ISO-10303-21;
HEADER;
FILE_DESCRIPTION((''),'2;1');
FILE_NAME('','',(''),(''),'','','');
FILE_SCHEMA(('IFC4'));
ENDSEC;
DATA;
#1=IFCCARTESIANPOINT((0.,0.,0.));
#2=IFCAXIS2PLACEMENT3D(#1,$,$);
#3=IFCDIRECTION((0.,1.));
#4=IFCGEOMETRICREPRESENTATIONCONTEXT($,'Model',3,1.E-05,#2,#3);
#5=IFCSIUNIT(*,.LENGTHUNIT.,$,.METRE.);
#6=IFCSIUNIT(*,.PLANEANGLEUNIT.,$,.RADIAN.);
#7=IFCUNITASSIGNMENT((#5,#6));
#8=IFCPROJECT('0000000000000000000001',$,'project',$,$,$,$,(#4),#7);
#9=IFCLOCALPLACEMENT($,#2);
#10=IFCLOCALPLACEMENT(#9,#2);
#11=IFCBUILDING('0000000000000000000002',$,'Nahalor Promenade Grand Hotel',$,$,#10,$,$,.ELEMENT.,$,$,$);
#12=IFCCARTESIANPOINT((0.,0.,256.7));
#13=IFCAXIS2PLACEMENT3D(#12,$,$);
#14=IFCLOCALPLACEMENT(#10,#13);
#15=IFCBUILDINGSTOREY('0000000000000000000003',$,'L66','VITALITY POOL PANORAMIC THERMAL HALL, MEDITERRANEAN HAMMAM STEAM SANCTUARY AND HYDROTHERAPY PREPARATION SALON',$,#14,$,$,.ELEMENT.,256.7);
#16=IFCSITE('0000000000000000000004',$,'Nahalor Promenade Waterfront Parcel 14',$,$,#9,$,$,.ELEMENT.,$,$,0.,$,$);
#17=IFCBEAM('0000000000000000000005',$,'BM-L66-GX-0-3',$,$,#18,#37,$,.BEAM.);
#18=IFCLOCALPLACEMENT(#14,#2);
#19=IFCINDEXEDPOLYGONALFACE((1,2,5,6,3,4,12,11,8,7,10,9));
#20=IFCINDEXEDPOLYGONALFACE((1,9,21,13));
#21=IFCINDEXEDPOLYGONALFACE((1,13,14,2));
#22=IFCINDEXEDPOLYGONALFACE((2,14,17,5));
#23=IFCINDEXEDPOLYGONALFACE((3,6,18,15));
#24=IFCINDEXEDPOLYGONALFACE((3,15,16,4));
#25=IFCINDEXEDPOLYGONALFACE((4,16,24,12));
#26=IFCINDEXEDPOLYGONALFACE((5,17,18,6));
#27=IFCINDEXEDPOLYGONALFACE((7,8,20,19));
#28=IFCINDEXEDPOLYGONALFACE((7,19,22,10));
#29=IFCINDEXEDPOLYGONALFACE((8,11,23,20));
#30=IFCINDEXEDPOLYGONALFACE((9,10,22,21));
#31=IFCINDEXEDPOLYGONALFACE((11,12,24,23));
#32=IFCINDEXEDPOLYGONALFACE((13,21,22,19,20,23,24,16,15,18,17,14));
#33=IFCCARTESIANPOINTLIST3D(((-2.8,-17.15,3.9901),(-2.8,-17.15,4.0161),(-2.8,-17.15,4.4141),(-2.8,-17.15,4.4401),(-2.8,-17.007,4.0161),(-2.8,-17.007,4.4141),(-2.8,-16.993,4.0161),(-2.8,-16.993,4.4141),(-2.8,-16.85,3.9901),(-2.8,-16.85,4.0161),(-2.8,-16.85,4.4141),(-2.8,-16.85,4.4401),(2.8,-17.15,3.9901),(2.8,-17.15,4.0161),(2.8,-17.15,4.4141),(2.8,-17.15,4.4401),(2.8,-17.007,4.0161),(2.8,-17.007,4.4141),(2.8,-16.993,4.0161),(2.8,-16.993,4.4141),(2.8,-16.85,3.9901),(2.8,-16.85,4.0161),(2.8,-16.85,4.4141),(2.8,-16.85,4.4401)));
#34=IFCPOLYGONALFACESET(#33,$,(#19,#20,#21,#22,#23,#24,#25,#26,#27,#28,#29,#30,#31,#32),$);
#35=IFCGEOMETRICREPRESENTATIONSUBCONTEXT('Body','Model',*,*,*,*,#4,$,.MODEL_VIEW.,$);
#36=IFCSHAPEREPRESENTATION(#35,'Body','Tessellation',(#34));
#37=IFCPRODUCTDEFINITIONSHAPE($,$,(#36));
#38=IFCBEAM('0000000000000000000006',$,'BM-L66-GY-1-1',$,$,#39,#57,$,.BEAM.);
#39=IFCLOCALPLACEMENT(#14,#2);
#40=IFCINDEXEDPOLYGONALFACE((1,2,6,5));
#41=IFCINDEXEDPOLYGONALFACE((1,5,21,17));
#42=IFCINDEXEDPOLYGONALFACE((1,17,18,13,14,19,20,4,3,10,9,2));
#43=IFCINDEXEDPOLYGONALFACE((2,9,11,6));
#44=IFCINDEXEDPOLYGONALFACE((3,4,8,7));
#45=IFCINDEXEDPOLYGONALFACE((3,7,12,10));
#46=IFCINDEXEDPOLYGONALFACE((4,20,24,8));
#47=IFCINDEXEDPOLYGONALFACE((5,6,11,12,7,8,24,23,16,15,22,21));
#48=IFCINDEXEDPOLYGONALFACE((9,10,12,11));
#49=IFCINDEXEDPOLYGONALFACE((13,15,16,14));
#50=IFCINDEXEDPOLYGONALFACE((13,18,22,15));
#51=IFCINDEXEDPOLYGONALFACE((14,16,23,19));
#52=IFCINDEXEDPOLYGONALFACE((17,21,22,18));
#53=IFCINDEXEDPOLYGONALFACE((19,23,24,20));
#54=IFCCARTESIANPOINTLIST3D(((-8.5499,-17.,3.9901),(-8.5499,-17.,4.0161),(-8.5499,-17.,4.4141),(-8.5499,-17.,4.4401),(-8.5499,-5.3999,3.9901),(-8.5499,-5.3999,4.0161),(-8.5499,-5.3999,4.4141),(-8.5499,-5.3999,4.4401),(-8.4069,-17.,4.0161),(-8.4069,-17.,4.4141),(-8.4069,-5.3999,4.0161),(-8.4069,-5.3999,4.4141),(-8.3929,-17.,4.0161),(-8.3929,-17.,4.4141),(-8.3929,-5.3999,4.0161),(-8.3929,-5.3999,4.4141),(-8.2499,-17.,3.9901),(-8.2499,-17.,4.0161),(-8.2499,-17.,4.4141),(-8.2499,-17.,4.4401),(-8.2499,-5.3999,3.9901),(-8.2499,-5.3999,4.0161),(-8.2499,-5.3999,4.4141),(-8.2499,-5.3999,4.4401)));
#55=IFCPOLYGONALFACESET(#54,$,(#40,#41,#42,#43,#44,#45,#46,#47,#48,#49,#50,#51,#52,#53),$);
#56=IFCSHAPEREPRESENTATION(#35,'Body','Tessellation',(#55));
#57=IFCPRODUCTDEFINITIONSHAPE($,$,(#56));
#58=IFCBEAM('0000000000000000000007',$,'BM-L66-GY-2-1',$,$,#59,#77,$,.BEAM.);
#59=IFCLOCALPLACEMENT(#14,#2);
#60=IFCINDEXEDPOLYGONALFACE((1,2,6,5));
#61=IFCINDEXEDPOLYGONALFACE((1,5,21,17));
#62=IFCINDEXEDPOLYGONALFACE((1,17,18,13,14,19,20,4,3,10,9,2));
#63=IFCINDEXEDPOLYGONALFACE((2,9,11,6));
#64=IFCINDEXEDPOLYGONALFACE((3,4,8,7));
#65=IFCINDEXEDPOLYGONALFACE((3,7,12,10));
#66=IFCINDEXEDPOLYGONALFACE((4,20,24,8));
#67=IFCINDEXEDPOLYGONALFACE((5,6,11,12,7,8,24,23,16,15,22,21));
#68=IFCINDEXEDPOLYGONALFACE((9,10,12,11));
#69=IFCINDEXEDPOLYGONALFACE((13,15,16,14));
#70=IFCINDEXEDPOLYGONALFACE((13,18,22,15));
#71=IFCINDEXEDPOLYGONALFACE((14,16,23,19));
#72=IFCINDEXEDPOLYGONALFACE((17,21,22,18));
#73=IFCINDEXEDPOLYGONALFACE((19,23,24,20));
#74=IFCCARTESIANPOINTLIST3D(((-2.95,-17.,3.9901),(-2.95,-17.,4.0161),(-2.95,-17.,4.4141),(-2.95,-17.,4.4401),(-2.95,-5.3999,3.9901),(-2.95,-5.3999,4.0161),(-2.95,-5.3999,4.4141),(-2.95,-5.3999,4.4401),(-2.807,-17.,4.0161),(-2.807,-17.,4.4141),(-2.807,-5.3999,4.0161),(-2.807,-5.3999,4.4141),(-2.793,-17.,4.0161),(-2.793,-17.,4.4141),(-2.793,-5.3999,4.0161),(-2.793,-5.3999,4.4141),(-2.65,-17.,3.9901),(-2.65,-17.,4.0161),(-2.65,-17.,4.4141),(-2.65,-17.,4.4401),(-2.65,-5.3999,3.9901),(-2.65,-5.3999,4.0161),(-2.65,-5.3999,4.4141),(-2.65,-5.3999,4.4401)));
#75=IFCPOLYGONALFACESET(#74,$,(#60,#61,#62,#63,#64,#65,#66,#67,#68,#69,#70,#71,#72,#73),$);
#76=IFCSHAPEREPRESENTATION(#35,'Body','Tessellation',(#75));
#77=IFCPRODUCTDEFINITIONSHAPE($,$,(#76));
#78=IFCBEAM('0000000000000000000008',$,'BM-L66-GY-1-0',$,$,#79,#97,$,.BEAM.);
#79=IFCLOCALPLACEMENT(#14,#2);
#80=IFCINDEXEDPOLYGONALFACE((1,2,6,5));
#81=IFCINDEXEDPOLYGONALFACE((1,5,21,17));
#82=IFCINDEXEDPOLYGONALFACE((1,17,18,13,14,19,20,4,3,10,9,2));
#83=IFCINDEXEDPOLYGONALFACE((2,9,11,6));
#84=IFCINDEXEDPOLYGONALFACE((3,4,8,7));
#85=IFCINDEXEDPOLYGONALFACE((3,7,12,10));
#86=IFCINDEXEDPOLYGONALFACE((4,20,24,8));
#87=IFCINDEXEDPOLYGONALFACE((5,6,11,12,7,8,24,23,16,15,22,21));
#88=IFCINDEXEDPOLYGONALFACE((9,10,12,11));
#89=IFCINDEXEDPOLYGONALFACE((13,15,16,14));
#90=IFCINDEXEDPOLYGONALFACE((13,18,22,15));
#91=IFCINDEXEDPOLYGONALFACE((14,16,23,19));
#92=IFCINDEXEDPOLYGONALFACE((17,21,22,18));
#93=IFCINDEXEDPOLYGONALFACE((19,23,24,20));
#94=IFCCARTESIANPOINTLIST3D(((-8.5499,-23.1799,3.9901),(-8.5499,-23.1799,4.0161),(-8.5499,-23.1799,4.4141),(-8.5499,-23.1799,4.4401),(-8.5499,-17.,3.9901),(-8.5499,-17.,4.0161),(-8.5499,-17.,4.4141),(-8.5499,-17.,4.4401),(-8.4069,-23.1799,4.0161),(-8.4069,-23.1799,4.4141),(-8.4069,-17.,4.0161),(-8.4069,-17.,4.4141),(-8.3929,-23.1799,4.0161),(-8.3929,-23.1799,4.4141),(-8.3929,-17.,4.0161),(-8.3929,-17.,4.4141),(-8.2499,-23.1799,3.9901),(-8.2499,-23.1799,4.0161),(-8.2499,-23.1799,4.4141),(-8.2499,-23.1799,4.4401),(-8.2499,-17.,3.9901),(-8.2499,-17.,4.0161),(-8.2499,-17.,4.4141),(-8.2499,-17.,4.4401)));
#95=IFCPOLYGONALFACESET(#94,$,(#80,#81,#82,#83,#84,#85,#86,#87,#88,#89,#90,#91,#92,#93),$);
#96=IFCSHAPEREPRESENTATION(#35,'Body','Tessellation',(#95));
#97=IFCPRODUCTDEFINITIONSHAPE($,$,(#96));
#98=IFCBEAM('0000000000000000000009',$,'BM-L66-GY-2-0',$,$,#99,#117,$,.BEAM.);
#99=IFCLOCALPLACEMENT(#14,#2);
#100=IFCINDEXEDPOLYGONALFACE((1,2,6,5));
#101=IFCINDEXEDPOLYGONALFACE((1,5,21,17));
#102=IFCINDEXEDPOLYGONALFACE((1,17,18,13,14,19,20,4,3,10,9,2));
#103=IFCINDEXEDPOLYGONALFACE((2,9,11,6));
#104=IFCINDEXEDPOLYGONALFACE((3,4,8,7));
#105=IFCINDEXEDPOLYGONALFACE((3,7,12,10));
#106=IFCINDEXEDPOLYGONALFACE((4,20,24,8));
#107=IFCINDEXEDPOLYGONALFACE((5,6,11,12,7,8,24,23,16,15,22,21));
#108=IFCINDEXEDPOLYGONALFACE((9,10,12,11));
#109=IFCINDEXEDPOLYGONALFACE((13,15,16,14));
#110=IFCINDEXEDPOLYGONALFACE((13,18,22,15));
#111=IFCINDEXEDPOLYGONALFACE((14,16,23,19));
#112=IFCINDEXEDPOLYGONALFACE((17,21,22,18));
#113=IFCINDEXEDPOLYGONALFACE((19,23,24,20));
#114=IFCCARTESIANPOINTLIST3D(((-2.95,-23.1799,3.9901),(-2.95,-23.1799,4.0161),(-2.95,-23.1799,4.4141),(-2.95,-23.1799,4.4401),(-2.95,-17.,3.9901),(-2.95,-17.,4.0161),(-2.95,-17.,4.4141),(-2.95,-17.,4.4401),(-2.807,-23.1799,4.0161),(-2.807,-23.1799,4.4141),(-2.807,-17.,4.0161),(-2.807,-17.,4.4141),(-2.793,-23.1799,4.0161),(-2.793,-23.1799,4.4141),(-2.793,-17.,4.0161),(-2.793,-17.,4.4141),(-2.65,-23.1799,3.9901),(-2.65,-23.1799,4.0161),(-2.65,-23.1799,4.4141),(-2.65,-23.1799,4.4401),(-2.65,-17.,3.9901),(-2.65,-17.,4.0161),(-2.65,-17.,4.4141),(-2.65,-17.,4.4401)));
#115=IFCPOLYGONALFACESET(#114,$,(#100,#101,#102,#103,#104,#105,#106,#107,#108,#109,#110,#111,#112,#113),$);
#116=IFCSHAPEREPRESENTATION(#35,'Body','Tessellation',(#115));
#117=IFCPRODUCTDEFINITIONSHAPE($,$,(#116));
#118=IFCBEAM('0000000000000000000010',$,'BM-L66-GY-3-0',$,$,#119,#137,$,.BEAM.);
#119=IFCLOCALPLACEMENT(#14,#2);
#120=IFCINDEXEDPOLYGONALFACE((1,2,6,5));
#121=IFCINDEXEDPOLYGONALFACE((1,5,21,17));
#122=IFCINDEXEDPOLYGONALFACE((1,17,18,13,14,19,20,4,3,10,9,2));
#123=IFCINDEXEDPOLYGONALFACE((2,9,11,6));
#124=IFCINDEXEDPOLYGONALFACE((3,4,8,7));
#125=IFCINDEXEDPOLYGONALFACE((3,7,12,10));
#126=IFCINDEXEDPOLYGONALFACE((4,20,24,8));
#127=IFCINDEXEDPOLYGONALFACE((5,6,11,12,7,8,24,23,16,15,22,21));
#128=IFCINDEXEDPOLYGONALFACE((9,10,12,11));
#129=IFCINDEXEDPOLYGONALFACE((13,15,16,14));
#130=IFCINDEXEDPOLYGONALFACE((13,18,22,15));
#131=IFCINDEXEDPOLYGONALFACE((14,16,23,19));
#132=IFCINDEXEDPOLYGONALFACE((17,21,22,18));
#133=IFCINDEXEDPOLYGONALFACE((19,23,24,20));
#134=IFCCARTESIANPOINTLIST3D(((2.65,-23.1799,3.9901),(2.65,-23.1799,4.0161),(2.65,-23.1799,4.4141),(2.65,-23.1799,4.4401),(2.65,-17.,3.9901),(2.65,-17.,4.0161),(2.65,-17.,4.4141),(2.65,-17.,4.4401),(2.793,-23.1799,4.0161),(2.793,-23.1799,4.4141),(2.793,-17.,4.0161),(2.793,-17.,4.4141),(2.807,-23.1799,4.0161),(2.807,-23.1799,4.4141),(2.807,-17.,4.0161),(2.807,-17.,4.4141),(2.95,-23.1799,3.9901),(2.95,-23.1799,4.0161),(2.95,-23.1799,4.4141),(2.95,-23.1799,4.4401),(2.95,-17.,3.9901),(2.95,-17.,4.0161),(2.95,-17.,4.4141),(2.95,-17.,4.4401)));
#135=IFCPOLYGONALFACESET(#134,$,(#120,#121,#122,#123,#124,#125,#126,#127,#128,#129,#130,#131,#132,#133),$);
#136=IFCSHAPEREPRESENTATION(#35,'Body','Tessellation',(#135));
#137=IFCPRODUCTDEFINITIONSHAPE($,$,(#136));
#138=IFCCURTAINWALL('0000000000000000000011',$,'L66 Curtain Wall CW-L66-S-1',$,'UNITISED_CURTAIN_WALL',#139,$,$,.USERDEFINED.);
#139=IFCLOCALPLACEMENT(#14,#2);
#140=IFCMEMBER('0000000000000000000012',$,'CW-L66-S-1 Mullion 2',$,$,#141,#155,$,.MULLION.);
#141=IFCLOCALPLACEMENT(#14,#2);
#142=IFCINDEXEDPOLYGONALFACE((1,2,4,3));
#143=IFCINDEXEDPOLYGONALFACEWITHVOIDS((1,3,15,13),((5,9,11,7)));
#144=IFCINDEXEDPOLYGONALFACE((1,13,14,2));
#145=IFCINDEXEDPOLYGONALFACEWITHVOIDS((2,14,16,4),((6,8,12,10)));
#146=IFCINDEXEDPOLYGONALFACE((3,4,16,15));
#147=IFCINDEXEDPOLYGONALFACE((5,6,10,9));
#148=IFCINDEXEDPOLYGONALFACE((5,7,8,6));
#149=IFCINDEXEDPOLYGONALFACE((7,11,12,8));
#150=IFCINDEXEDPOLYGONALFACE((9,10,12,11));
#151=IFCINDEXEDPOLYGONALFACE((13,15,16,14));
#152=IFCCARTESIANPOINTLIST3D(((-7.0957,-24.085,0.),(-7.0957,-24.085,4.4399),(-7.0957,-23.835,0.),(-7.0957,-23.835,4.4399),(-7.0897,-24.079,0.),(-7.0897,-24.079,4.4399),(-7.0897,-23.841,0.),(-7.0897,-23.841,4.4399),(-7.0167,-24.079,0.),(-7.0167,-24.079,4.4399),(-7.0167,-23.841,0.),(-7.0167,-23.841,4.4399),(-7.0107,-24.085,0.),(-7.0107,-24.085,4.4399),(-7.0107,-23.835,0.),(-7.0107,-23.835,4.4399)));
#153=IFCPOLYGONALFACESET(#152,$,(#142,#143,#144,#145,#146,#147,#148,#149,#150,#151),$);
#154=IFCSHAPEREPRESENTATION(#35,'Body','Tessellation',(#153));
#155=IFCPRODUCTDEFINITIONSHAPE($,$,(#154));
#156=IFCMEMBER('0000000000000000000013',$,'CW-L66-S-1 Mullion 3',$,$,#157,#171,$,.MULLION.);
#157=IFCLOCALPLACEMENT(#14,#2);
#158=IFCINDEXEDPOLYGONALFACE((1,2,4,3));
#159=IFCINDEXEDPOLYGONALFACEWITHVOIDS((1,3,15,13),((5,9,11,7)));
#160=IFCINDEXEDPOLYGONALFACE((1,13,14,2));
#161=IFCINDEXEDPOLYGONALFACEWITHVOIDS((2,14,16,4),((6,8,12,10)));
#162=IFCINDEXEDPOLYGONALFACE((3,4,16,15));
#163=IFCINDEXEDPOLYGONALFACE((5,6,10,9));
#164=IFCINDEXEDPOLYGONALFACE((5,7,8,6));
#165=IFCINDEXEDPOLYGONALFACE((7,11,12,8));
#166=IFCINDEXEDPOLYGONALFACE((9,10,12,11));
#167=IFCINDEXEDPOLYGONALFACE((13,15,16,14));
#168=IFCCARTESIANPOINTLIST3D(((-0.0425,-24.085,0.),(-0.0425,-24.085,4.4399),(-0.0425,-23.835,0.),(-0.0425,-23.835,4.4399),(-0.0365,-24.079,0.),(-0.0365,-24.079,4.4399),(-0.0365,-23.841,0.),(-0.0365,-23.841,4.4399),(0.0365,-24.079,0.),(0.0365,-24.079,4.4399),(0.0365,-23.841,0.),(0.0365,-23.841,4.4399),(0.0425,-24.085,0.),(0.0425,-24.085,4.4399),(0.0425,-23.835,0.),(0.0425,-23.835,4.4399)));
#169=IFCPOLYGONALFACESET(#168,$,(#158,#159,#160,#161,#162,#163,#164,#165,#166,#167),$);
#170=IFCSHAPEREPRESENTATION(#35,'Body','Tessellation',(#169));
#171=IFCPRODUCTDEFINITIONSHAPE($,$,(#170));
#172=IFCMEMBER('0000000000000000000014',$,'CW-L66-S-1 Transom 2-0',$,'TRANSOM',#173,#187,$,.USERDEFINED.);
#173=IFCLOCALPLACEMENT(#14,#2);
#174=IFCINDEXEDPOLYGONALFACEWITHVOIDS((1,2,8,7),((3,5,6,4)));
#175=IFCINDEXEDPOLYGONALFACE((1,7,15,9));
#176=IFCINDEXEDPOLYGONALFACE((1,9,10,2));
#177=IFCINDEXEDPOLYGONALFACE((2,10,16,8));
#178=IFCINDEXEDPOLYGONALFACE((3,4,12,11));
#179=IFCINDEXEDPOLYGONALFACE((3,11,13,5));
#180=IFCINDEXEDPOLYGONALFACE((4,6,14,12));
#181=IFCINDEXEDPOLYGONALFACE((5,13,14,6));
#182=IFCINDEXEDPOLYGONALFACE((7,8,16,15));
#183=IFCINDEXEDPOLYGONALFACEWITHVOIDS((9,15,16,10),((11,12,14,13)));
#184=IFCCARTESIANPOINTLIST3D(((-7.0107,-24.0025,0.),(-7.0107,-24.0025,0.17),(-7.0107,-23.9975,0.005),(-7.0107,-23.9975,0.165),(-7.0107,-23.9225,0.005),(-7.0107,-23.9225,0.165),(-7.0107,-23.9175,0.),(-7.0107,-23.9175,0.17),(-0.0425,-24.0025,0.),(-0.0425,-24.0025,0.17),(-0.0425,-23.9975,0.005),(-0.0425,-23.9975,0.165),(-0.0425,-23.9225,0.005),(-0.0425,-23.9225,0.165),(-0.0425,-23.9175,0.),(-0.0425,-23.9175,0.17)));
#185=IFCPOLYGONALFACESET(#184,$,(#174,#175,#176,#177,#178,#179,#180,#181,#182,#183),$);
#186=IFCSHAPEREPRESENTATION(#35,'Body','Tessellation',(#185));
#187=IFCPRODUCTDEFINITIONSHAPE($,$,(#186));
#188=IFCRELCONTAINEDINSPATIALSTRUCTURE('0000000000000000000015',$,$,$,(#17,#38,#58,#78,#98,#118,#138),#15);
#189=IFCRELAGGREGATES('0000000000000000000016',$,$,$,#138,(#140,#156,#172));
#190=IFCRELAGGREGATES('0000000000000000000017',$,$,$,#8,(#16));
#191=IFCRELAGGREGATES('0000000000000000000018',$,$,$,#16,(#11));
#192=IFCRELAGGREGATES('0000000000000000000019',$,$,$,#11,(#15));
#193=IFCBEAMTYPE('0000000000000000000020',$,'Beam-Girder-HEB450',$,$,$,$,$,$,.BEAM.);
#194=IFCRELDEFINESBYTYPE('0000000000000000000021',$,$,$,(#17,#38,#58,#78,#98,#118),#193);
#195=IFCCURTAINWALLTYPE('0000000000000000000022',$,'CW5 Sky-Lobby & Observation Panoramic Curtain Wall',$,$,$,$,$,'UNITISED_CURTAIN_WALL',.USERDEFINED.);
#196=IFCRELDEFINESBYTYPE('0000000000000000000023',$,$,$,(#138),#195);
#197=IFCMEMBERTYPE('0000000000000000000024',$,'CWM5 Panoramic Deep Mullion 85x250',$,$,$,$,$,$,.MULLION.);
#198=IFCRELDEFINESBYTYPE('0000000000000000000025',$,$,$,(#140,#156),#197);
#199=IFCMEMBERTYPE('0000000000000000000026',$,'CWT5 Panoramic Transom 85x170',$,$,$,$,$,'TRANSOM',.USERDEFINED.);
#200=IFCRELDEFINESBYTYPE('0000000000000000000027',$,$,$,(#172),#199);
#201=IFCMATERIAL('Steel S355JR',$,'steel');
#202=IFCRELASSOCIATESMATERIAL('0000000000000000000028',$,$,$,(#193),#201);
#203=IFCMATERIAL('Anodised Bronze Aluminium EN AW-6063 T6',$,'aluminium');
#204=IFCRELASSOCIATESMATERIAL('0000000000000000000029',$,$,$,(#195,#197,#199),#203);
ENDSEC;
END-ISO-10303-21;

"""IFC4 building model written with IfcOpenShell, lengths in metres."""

from ifc_helpers import new_model, si_unit, direction, frame, origin, origin_2d, place, context, subcontext, project, spatial, hollow_rectangle, i_section, extrude, source, transform, mapped, material, material_profile, profile_set, type_object, element, aggregate, save


model = new_model("IFC4")

# Units and contexts
model_context = context("Model", 3, precision=1e-05, world=origin(), true_north=direction((0.0, 1.0)))
body_context = subcontext(model_context, "Body", "Model", "MODEL_VIEW")
ifc_project = project(units=[si_unit("LENGTHUNIT", "METRE"), si_unit("PLANEANGLEUNIT", "RADIAN")], contexts=[model_context])

# Site, building, storey
site_placement = place(None, origin())
site = spatial("IfcSite", under=ifc_project, at=site_placement, Name="Nahalor Promenade Waterfront Parcel 14", CompositionType="ELEMENT", RefElevation=0.0)
building_placement = place(site_placement, origin())
building = spatial("IfcBuilding", under=site, at=building_placement, Name="Nahalor Promenade Grand Hotel", CompositionType="ELEMENT")
storey_placement = place(building_placement, frame((0.0, 0.0, 256.7)))
storey = spatial("IfcBuildingStorey", under=building, at=storey_placement, Name="L66", Description="VITALITY POOL PANORAMIC THERMAL HALL, MEDITERRANEAN HAMMAM STEAM SANCTUARY AND HYDROTHERAPY PREPARATION SALON", CompositionType="ELEMENT", Elevation=256.7)

# Shared definitions
ifc_material_1 = material(Name="Steel S355JR", Category="steel")

# Beams
ifc_material_profile_1 = material_profile(ifc_material_1, i_section(OverallWidth=0.3, OverallDepth=0.45, WebThickness=0.014, FlangeThickness=0.026, at=origin_2d()), Name="HEB 450")
ifc_profile_set_1 = profile_set([ifc_material_profile_1], Name="Steel S355JR")
beam_type_1 = type_object("IfcBeamType", Name="Beam-Girder-HEB450", PredefinedType="BEAM", material=ifc_profile_set_1)
shared_shape_1 = source(origin(), body_context, "Body", "SweptSolid", [
    extrude(i_section(OverallWidth=0.3, OverallDepth=0.45, WebThickness=0.014, FlangeThickness=0.026, at=origin_2d()), origin(), (0.0, 0.0, 1.0), 5.6001),
])
beam_1_placement = place(storey_placement, frame((-2.8, -17.0, 4.2151), z_axis=(1.0, 0.0, 0.0), x_axis=(0.0, 1.0, 0.0)))
element("IfcBeam", 1, at=beam_1_placement, inside=storey, type_object=beam_type_1, Name="BM-L66-GX-0-3", PredefinedType="BEAM", context=body_context, shape_type="MappedRepresentation", body=[
    mapped(shared_shape_1, transform((0.0, 0.0, 0.0), scale=1.0)),
])
shared_shape_2 = source(origin(), body_context, "Body", "SweptSolid", [
    extrude(i_section(OverallWidth=0.3, OverallDepth=0.45, WebThickness=0.014, FlangeThickness=0.026, at=origin_2d()), origin(), (0.0, 0.0, 1.0), 11.6001),
])
for number, where, z_axis, x_axis, name in (
    (2, (-8.3999, -17.0, 4.2151), (0.0, 1.0, 0.0), (-1.0, 0.0, 0.0), "BM-L66-GY-1-1"),
    (3, (-2.8, -17.0, 4.2151), (0.0, 1.0, 0.0), (-1.0, 0.0, 0.0), "BM-L66-GY-2-1"),
):
    element("IfcBeam", number, at=place(storey_placement, frame(where, z_axis=z_axis, x_axis=x_axis)), inside=storey, type_object=beam_type_1, Name=name, PredefinedType="BEAM", context=body_context, shape_type="MappedRepresentation", body=[
        mapped(shared_shape_2, transform((0.0, 0.0, 0.0), scale=1.0)),
    ])
shared_shape_3 = source(origin(), body_context, "Body", "SweptSolid", [
    extrude(i_section(OverallWidth=0.3, OverallDepth=0.45, WebThickness=0.014, FlangeThickness=0.026, at=origin_2d()), origin(), (0.0, 0.0, 1.0), 6.1799),
])
for number, where, z_axis, x_axis, name in (
    (4, (-8.3999, -23.1799, 4.2151), (0.0, 1.0, 0.0), (-1.0, 0.0, 0.0), "BM-L66-GY-1-0"),
    (5, (-2.8, -23.1799, 4.2151), (0.0, 1.0, 0.0), (-1.0, 0.0, 0.0), "BM-L66-GY-2-0"),
    (6, (2.8, -23.1799, 4.2151), (0.0, 1.0, 0.0), (-1.0, 0.0, 0.0), "BM-L66-GY-3-0"),
):
    element("IfcBeam", number, at=place(storey_placement, frame(where, z_axis=z_axis, x_axis=x_axis)), inside=storey, type_object=beam_type_1, Name=name, PredefinedType="BEAM", context=body_context, shape_type="MappedRepresentation", body=[
        mapped(shared_shape_3, transform((0.0, 0.0, 0.0), scale=1.0)),
    ])

# Curtain wall, members
ifc_material_2 = material(Name="Anodised Bronze Aluminium EN AW-6063 T6", Category="aluminium")
curtain_wall_type = type_object("IfcCurtainWallType", Name="CW5 Sky-Lobby & Observation Panoramic Curtain Wall", ElementType="UNITISED_CURTAIN_WALL", PredefinedType="USERDEFINED", material=ifc_material_2)
curtain_wall_placement = place(storey_placement, origin())
curtain_wall = element("IfcCurtainWall", 7, at=curtain_wall_placement, inside=storey, type_object=curtain_wall_type, Name="L66 Curtain Wall CW-L66-S-1", ObjectType="UNITISED_CURTAIN_WALL", PredefinedType="USERDEFINED")
ifc_material_profile_2 = material_profile(ifc_material_2, hollow_rectangle(XDim=0.085, YDim=0.25, WallThickness=0.006, at=origin_2d()), Name="CWM 85x250x6")
ifc_profile_set_2 = profile_set([ifc_material_profile_2], Name="Anodised Bronze Aluminium EN AW-6063 T6")
member_type_1 = type_object("IfcMemberType", Name="CWM5 Panoramic Deep Mullion 85x250", PredefinedType="MULLION", material=ifc_profile_set_2)
shared_shape_4 = source(origin(), body_context, "Body", "SweptSolid", [
    extrude(hollow_rectangle(XDim=0.085, YDim=0.25, WallThickness=0.006, at=origin_2d()), origin(), (0.0, 0.0, 1.0), 4.4399),
])
member_1_placement = place(storey_placement, frame((-7.0532, -23.96, 0.0), z_axis=(0.0, 0.0, 1.0), x_axis=(1.0, 0.0, 0.0)))
member_1 = element("IfcMember", 8, at=member_1_placement, type_object=member_type_1, Name="CW-L66-S-1 Mullion 2", PredefinedType="MULLION", context=body_context, shape_type="MappedRepresentation", body=[
    mapped(shared_shape_4, transform((0.0, 0.0, 0.0), scale=1.0)),
])
member_2_placement = place(storey_placement, frame((0.0, -23.96, 0.0), z_axis=(0.0, 0.0, 1.0), x_axis=(1.0, 0.0, 0.0)))
member_2 = element("IfcMember", 9, at=member_2_placement, type_object=member_type_1, Name="CW-L66-S-1 Mullion 3", PredefinedType="MULLION", context=body_context, shape_type="MappedRepresentation", body=[
    mapped(shared_shape_4, transform((0.0, 0.0, 0.0), scale=1.0)),
])
ifc_material_profile_3 = material_profile(ifc_material_2, hollow_rectangle(XDim=0.085, YDim=0.17, WallThickness=0.005, at=origin_2d()), Name="CWT 85x170x5")
ifc_profile_set_3 = profile_set([ifc_material_profile_3], Name="Anodised Bronze Aluminium EN AW-6063 T6")
member_type_2 = type_object("IfcMemberType", Name="CWT5 Panoramic Transom 85x170", ElementType="TRANSOM", PredefinedType="USERDEFINED", material=ifc_profile_set_3)
shared_shape_5 = source(origin(), body_context, "Body", "SweptSolid", [
    extrude(hollow_rectangle(XDim=0.085, YDim=0.17, WallThickness=0.005, at=origin_2d()), origin(), (0.0, 0.0, 1.0), 6.9683),
])
member_3_placement = place(storey_placement, frame((-7.0107, -23.96, 0.085), z_axis=(1.0, 0.0, 0.0), x_axis=(0.0, 1.0, 0.0)))
member_3 = element("IfcMember", 10, at=member_3_placement, type_object=member_type_2, Name="CW-L66-S-1 Transom 2-0", ObjectType="TRANSOM", PredefinedType="USERDEFINED", context=body_context, shape_type="MappedRepresentation", body=[
    mapped(shared_shape_5, transform((0.0, 0.0, 0.0), scale=1.0)),
])
aggregate(curtain_wall, [member_1, member_2, member_3])

save(model, "model.ifc")
